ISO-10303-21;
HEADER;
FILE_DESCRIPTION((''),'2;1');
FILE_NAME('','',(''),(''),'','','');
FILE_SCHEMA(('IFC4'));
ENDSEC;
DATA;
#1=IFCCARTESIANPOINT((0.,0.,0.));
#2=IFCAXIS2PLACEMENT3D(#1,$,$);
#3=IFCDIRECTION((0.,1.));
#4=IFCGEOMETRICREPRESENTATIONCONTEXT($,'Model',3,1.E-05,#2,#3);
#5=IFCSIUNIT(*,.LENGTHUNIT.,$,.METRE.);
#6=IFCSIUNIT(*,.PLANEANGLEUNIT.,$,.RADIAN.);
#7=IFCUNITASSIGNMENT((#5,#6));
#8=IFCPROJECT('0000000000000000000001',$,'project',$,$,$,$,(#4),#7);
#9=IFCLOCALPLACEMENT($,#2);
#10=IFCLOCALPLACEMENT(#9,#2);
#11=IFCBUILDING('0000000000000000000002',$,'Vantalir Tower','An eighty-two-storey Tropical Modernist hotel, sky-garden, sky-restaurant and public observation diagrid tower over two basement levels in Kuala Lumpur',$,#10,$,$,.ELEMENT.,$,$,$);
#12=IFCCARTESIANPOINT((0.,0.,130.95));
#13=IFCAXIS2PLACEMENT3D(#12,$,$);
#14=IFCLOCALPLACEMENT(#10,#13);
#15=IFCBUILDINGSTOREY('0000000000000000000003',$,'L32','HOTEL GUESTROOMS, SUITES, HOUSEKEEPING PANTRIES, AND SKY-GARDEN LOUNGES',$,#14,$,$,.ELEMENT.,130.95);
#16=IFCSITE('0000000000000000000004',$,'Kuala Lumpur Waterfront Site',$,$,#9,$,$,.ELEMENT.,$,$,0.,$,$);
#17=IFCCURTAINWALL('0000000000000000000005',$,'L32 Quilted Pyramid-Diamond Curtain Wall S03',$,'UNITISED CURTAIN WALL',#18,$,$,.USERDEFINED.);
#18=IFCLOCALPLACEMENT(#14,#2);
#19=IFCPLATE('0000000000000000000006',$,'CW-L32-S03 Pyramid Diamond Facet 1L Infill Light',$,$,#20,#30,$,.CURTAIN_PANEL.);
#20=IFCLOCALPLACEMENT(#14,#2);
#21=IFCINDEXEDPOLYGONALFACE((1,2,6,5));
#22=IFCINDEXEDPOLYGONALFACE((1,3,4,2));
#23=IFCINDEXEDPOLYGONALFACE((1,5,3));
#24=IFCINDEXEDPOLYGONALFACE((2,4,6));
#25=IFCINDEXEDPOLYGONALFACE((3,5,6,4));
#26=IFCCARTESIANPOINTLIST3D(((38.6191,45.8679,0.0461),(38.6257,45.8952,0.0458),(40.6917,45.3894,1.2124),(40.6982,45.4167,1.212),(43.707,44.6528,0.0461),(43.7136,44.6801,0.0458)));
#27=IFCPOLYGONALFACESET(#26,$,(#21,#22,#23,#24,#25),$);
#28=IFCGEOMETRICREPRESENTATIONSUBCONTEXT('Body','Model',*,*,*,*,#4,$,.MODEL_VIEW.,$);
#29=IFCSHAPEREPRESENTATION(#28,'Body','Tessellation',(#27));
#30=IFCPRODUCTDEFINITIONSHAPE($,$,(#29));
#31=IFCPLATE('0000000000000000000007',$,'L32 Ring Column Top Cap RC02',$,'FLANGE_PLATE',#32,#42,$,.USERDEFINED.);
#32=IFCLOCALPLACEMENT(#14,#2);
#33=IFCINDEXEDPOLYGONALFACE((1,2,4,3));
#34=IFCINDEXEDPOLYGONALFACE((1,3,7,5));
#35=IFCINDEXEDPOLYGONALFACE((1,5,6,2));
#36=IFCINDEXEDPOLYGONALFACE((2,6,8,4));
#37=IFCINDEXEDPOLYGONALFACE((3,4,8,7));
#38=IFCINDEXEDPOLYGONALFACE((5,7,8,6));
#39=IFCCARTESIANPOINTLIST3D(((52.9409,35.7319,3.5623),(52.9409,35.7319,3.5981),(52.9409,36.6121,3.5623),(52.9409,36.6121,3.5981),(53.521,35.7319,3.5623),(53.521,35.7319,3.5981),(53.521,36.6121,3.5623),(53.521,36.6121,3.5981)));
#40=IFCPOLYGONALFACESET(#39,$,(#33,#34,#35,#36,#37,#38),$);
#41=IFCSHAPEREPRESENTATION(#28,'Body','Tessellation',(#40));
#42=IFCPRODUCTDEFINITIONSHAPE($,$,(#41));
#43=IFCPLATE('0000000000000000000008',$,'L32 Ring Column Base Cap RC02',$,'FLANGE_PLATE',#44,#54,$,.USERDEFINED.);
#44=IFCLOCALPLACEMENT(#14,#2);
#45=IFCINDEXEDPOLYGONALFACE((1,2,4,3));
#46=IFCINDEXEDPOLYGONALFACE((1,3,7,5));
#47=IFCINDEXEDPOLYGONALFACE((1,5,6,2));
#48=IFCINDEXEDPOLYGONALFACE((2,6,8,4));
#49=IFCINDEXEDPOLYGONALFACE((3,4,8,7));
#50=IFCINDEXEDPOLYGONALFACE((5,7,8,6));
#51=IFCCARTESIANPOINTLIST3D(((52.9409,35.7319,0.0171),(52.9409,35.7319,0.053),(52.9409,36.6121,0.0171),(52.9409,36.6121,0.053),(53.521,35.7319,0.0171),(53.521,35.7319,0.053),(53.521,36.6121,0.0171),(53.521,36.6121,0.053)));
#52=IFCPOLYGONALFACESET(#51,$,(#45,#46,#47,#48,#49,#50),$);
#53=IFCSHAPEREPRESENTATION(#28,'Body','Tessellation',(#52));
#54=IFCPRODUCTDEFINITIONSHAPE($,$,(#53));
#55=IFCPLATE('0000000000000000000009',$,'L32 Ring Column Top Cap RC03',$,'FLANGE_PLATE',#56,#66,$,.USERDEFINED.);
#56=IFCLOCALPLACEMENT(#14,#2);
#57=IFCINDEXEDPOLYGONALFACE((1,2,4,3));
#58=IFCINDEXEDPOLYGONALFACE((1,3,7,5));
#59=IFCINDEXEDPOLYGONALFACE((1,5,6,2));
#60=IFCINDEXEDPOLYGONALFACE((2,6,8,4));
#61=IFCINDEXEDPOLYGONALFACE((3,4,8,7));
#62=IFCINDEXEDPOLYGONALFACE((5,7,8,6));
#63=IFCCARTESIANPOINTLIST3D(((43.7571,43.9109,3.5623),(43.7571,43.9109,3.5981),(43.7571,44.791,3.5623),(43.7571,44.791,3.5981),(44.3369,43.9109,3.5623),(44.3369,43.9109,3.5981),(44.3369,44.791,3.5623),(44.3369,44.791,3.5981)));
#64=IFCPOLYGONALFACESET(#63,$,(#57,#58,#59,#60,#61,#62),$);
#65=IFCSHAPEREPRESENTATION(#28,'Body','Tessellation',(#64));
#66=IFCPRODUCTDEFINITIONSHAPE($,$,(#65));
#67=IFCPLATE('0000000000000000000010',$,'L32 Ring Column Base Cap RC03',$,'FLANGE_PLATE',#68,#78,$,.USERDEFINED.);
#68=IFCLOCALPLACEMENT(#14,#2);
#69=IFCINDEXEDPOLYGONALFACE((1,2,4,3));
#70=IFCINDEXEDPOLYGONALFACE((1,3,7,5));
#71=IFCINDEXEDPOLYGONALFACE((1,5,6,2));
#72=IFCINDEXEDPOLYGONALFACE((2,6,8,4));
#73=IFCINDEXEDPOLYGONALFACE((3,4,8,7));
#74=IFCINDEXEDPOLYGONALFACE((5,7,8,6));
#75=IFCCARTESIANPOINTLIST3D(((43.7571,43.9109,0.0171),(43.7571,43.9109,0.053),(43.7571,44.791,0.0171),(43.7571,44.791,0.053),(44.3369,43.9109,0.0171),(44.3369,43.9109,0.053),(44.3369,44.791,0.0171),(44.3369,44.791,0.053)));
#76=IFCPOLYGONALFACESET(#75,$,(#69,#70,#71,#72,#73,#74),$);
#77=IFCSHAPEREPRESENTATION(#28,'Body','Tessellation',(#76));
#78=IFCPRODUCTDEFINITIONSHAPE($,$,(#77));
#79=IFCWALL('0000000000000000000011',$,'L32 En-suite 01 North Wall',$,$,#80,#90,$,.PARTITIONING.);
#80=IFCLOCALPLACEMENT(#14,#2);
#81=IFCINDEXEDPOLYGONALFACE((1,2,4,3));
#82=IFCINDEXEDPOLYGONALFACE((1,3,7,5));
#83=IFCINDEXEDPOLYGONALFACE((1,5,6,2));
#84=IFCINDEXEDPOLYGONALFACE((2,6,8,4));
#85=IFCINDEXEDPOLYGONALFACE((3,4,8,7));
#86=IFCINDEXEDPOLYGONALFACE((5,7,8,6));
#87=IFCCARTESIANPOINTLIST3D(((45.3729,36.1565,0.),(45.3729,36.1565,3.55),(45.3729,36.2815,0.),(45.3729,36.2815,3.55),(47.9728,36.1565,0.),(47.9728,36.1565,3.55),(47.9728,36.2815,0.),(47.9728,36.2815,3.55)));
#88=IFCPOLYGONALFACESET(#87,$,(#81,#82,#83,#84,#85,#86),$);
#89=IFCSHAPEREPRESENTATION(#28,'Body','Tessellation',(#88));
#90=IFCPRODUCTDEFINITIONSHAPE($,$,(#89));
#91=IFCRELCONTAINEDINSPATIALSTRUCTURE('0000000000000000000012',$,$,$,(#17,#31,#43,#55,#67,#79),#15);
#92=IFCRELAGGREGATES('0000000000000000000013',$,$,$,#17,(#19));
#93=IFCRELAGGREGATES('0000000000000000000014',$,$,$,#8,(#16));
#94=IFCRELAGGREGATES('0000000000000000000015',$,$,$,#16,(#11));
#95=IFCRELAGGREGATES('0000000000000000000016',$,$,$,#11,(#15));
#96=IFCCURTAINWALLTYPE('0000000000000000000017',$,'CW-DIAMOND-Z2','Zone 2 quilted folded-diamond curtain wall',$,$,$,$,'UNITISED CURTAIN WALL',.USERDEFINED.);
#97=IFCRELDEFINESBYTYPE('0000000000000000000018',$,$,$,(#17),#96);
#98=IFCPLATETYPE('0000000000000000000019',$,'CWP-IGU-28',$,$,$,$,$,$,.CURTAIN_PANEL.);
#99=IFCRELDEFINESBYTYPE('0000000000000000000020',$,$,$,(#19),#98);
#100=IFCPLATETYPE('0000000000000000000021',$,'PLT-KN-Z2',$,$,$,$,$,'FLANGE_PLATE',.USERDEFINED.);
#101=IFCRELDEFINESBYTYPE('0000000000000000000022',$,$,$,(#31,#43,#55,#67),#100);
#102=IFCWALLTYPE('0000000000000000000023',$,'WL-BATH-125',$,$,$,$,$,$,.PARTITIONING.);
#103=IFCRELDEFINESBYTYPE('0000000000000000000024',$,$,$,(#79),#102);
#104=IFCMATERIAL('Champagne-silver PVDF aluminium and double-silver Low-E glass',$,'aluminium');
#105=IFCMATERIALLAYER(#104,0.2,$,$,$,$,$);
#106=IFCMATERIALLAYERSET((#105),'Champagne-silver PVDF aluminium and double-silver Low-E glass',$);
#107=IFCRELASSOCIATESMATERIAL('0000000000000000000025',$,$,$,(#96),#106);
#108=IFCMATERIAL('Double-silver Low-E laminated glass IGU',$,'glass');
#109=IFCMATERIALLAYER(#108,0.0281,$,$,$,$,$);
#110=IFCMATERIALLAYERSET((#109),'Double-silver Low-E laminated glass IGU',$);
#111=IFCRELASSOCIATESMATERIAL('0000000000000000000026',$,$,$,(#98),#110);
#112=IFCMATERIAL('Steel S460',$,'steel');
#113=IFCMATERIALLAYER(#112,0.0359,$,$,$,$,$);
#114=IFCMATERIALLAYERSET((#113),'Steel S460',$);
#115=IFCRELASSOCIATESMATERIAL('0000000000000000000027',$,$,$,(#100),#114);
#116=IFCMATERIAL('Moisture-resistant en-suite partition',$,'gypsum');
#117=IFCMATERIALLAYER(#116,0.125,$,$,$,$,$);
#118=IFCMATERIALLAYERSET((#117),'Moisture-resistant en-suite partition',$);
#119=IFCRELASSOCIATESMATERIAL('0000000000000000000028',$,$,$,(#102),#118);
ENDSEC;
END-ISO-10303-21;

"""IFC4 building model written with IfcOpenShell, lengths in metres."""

from ifc_helpers import new_model, si_unit, direction, frame, frame_2d, origin, place, context, subcontext, project, spatial, polyline, rectangle, outline, extrude, material, layer, layer_set, type_object, element, aggregate, save


model = new_model("IFC4")

# Units and contexts
model_context = context("Model", 3, precision=1e-05, world=origin(), true_north=direction((0.0, 1.0)))
body_context = subcontext(model_context, "Body", "Model", "MODEL_VIEW")
ifc_project = project(units=[si_unit("LENGTHUNIT", "METRE"), si_unit("PLANEANGLEUNIT", "RADIAN")], contexts=[model_context])

# Site, building, storey
site_placement = place(None, origin())
site = spatial("IfcSite", under=ifc_project, at=site_placement, Name="Kuala Lumpur Waterfront Site", CompositionType="ELEMENT", RefElevation=0.0)
building_placement = place(site_placement, origin())
building = spatial("IfcBuilding", under=site, at=building_placement, Name="Vantalir Tower", Description="An eighty-two-storey Tropical Modernist hotel, sky-garden, sky-restaurant and public observation diagrid tower over two basement levels in Kuala Lumpur", CompositionType="ELEMENT")
storey_placement = place(building_placement, frame((0.0, 0.0, 130.95)))
storey = spatial("IfcBuildingStorey", under=building, at=storey_placement, Name="L32", Description="HOTEL GUESTROOMS, SUITES, HOUSEKEEPING PANTRIES, AND SKY-GARDEN LOUNGES", CompositionType="ELEMENT", Elevation=130.95)

# Shared definitions
ifc_material_1 = material(Name="Steel S460", Category="steel")

# Shared definitions
ifc_material_2 = material(Name="Champagne-silver PVDF aluminium and double-silver Low-E glass", Category="aluminium")
ifc_layer_1 = layer(ifc_material_2, 0.2)
ifc_layer_set_1 = layer_set([ifc_layer_1], Name="Champagne-silver PVDF aluminium and double-silver Low-E glass")
curtain_wall_type = type_object("IfcCurtainWallType", Name="CW-DIAMOND-Z2", Description="Zone 2 quilted folded-diamond curtain wall", ElementType="UNITISED CURTAIN WALL", PredefinedType="USERDEFINED", material=ifc_layer_set_1)

# Curtain wall
curtain_wall_1_placement = place(storey_placement, origin())
curtain_wall_1 = element("IfcCurtainWall", 1, at=curtain_wall_1_placement, inside=storey, type_object=curtain_wall_type, Name="L32 Quilted Pyramid-Diamond Curtain Wall S03", ObjectType="UNITISED CURTAIN WALL", PredefinedType="USERDEFINED")

# Plate
ifc_material_3 = material(Name="Double-silver Low-E laminated glass IGU", Category="glass")
ifc_layer_2 = layer(ifc_material_3, 0.0281)
ifc_layer_set_2 = layer_set([ifc_layer_2], Name="Double-silver Low-E laminated glass IGU")
plate_type_1 = type_object("IfcPlateType", Name="CWP-IGU-28", PredefinedType="CURTAIN_PANEL", material=ifc_layer_set_2)
plate_1_placement = place(storey_placement, frame((43.707, 44.6528, 0.0461), z_axis=(-0.232265, -0.972556, 0.01371), x_axis=(-0.972647, 0.232287, 0.0)))
plate_1 = element("IfcPlate", 2, at=plate_1_placement, type_object=plate_type_1, Name="CW-L32-S03 Pyramid Diamond Facet 1L Infill Light", PredefinedType="CURTAIN_PANEL", context=body_context, shape_type="SweptSolid", body=[
    extrude(outline(polyline([(0.0, 0.0), (5.231, 0.0), (3.104, -1.1664), (0.0, 0.0)])), origin(), (0.0, 0.0, -1.0), 0.0281),
])
aggregate(curtain_wall_1, [plate_1])

# Plates
ifc_layer_3 = layer(ifc_material_1, 0.0359)
ifc_layer_set_3 = layer_set([ifc_layer_3], Name="Steel S460")
plate_type_2 = type_object("IfcPlateType", Name="PLT-KN-Z2", ElementType="FLANGE_PLATE", PredefinedType="USERDEFINED", material=ifc_layer_set_3)
for number, where, z_axis, x_axis, name in (
    (3, (52.9409, 36.6121, 3.5981), (0.0, 0.0, 1.0), (0.0, -1.0, 0.0), "L32 Ring Column Top Cap RC02"),
    (4, (52.9409, 36.6121, 0.053), (0.0, 0.0, 1.0), (0.0, -1.0, 0.0), "L32 Ring Column Base Cap RC02"),
):
    element("IfcPlate", number, at=place(storey_placement, frame(where, z_axis=z_axis, x_axis=x_axis)), inside=storey, type_object=plate_type_2, Name=name, ObjectType="FLANGE_PLATE", PredefinedType="USERDEFINED", context=body_context, shape_type="SweptSolid", body=[
        extrude(outline(polyline([(0.0, 0.0), (0.8801, 0.0), (0.8801, 0.5801), (0.0, 0.5801), (0.0, 0.0)])), origin(), (0.0, 0.0, -1.0), 0.0359),
    ])
for number, where, z_axis, x_axis, name in (
    (5, (43.7571, 44.791, 3.5981), (0.0, 0.0, 1.0), (0.0, -1.0, 0.0), "L32 Ring Column Top Cap RC03"),
    (6, (43.7571, 44.791, 0.053), (0.0, 0.0, 1.0), (0.0, -1.0, 0.0), "L32 Ring Column Base Cap RC03"),
):
    element("IfcPlate", number, at=place(storey_placement, frame(where, z_axis=z_axis, x_axis=x_axis)), inside=storey, type_object=plate_type_2, Name=name, ObjectType="FLANGE_PLATE", PredefinedType="USERDEFINED", context=body_context, shape_type="SweptSolid", body=[
        extrude(outline(polyline([(0.0, 0.0), (0.8801, 0.0), (0.8801, 0.5798), (0.0, 0.5798), (0.0, 0.0)])), origin(), (0.0, 0.0, -1.0), 0.0359),
    ])

# Wall
ifc_material_4 = material(Name="Moisture-resistant en-suite partition", Category="gypsum")
ifc_layer_4 = layer(ifc_material_4, 0.125)
ifc_layer_set_4 = layer_set([ifc_layer_4], Name="Moisture-resistant en-suite partition")
wall_type = type_object("IfcWallType", Name="WL-BATH-125", PredefinedType="PARTITIONING", material=ifc_layer_set_4)
wall_placement = place(storey_placement, frame((45.373, 36.219, 0.0), z_axis=(0.0, 0.0, 1.0), x_axis=(1.0, 0.0, 0.0)))
element("IfcWall", 7, at=wall_placement, inside=storey, type_object=wall_type, Name="L32 En-suite 01 North Wall", PredefinedType="PARTITIONING", context=body_context, shape_type="SweptSolid", body=[
    extrude(rectangle(XDim=2.5999, YDim=0.125, at=frame_2d((1.2998, 0.0))), origin(), (0.0, 0.0, 1.0), 3.55),
])

save(model, "model.ifc")
